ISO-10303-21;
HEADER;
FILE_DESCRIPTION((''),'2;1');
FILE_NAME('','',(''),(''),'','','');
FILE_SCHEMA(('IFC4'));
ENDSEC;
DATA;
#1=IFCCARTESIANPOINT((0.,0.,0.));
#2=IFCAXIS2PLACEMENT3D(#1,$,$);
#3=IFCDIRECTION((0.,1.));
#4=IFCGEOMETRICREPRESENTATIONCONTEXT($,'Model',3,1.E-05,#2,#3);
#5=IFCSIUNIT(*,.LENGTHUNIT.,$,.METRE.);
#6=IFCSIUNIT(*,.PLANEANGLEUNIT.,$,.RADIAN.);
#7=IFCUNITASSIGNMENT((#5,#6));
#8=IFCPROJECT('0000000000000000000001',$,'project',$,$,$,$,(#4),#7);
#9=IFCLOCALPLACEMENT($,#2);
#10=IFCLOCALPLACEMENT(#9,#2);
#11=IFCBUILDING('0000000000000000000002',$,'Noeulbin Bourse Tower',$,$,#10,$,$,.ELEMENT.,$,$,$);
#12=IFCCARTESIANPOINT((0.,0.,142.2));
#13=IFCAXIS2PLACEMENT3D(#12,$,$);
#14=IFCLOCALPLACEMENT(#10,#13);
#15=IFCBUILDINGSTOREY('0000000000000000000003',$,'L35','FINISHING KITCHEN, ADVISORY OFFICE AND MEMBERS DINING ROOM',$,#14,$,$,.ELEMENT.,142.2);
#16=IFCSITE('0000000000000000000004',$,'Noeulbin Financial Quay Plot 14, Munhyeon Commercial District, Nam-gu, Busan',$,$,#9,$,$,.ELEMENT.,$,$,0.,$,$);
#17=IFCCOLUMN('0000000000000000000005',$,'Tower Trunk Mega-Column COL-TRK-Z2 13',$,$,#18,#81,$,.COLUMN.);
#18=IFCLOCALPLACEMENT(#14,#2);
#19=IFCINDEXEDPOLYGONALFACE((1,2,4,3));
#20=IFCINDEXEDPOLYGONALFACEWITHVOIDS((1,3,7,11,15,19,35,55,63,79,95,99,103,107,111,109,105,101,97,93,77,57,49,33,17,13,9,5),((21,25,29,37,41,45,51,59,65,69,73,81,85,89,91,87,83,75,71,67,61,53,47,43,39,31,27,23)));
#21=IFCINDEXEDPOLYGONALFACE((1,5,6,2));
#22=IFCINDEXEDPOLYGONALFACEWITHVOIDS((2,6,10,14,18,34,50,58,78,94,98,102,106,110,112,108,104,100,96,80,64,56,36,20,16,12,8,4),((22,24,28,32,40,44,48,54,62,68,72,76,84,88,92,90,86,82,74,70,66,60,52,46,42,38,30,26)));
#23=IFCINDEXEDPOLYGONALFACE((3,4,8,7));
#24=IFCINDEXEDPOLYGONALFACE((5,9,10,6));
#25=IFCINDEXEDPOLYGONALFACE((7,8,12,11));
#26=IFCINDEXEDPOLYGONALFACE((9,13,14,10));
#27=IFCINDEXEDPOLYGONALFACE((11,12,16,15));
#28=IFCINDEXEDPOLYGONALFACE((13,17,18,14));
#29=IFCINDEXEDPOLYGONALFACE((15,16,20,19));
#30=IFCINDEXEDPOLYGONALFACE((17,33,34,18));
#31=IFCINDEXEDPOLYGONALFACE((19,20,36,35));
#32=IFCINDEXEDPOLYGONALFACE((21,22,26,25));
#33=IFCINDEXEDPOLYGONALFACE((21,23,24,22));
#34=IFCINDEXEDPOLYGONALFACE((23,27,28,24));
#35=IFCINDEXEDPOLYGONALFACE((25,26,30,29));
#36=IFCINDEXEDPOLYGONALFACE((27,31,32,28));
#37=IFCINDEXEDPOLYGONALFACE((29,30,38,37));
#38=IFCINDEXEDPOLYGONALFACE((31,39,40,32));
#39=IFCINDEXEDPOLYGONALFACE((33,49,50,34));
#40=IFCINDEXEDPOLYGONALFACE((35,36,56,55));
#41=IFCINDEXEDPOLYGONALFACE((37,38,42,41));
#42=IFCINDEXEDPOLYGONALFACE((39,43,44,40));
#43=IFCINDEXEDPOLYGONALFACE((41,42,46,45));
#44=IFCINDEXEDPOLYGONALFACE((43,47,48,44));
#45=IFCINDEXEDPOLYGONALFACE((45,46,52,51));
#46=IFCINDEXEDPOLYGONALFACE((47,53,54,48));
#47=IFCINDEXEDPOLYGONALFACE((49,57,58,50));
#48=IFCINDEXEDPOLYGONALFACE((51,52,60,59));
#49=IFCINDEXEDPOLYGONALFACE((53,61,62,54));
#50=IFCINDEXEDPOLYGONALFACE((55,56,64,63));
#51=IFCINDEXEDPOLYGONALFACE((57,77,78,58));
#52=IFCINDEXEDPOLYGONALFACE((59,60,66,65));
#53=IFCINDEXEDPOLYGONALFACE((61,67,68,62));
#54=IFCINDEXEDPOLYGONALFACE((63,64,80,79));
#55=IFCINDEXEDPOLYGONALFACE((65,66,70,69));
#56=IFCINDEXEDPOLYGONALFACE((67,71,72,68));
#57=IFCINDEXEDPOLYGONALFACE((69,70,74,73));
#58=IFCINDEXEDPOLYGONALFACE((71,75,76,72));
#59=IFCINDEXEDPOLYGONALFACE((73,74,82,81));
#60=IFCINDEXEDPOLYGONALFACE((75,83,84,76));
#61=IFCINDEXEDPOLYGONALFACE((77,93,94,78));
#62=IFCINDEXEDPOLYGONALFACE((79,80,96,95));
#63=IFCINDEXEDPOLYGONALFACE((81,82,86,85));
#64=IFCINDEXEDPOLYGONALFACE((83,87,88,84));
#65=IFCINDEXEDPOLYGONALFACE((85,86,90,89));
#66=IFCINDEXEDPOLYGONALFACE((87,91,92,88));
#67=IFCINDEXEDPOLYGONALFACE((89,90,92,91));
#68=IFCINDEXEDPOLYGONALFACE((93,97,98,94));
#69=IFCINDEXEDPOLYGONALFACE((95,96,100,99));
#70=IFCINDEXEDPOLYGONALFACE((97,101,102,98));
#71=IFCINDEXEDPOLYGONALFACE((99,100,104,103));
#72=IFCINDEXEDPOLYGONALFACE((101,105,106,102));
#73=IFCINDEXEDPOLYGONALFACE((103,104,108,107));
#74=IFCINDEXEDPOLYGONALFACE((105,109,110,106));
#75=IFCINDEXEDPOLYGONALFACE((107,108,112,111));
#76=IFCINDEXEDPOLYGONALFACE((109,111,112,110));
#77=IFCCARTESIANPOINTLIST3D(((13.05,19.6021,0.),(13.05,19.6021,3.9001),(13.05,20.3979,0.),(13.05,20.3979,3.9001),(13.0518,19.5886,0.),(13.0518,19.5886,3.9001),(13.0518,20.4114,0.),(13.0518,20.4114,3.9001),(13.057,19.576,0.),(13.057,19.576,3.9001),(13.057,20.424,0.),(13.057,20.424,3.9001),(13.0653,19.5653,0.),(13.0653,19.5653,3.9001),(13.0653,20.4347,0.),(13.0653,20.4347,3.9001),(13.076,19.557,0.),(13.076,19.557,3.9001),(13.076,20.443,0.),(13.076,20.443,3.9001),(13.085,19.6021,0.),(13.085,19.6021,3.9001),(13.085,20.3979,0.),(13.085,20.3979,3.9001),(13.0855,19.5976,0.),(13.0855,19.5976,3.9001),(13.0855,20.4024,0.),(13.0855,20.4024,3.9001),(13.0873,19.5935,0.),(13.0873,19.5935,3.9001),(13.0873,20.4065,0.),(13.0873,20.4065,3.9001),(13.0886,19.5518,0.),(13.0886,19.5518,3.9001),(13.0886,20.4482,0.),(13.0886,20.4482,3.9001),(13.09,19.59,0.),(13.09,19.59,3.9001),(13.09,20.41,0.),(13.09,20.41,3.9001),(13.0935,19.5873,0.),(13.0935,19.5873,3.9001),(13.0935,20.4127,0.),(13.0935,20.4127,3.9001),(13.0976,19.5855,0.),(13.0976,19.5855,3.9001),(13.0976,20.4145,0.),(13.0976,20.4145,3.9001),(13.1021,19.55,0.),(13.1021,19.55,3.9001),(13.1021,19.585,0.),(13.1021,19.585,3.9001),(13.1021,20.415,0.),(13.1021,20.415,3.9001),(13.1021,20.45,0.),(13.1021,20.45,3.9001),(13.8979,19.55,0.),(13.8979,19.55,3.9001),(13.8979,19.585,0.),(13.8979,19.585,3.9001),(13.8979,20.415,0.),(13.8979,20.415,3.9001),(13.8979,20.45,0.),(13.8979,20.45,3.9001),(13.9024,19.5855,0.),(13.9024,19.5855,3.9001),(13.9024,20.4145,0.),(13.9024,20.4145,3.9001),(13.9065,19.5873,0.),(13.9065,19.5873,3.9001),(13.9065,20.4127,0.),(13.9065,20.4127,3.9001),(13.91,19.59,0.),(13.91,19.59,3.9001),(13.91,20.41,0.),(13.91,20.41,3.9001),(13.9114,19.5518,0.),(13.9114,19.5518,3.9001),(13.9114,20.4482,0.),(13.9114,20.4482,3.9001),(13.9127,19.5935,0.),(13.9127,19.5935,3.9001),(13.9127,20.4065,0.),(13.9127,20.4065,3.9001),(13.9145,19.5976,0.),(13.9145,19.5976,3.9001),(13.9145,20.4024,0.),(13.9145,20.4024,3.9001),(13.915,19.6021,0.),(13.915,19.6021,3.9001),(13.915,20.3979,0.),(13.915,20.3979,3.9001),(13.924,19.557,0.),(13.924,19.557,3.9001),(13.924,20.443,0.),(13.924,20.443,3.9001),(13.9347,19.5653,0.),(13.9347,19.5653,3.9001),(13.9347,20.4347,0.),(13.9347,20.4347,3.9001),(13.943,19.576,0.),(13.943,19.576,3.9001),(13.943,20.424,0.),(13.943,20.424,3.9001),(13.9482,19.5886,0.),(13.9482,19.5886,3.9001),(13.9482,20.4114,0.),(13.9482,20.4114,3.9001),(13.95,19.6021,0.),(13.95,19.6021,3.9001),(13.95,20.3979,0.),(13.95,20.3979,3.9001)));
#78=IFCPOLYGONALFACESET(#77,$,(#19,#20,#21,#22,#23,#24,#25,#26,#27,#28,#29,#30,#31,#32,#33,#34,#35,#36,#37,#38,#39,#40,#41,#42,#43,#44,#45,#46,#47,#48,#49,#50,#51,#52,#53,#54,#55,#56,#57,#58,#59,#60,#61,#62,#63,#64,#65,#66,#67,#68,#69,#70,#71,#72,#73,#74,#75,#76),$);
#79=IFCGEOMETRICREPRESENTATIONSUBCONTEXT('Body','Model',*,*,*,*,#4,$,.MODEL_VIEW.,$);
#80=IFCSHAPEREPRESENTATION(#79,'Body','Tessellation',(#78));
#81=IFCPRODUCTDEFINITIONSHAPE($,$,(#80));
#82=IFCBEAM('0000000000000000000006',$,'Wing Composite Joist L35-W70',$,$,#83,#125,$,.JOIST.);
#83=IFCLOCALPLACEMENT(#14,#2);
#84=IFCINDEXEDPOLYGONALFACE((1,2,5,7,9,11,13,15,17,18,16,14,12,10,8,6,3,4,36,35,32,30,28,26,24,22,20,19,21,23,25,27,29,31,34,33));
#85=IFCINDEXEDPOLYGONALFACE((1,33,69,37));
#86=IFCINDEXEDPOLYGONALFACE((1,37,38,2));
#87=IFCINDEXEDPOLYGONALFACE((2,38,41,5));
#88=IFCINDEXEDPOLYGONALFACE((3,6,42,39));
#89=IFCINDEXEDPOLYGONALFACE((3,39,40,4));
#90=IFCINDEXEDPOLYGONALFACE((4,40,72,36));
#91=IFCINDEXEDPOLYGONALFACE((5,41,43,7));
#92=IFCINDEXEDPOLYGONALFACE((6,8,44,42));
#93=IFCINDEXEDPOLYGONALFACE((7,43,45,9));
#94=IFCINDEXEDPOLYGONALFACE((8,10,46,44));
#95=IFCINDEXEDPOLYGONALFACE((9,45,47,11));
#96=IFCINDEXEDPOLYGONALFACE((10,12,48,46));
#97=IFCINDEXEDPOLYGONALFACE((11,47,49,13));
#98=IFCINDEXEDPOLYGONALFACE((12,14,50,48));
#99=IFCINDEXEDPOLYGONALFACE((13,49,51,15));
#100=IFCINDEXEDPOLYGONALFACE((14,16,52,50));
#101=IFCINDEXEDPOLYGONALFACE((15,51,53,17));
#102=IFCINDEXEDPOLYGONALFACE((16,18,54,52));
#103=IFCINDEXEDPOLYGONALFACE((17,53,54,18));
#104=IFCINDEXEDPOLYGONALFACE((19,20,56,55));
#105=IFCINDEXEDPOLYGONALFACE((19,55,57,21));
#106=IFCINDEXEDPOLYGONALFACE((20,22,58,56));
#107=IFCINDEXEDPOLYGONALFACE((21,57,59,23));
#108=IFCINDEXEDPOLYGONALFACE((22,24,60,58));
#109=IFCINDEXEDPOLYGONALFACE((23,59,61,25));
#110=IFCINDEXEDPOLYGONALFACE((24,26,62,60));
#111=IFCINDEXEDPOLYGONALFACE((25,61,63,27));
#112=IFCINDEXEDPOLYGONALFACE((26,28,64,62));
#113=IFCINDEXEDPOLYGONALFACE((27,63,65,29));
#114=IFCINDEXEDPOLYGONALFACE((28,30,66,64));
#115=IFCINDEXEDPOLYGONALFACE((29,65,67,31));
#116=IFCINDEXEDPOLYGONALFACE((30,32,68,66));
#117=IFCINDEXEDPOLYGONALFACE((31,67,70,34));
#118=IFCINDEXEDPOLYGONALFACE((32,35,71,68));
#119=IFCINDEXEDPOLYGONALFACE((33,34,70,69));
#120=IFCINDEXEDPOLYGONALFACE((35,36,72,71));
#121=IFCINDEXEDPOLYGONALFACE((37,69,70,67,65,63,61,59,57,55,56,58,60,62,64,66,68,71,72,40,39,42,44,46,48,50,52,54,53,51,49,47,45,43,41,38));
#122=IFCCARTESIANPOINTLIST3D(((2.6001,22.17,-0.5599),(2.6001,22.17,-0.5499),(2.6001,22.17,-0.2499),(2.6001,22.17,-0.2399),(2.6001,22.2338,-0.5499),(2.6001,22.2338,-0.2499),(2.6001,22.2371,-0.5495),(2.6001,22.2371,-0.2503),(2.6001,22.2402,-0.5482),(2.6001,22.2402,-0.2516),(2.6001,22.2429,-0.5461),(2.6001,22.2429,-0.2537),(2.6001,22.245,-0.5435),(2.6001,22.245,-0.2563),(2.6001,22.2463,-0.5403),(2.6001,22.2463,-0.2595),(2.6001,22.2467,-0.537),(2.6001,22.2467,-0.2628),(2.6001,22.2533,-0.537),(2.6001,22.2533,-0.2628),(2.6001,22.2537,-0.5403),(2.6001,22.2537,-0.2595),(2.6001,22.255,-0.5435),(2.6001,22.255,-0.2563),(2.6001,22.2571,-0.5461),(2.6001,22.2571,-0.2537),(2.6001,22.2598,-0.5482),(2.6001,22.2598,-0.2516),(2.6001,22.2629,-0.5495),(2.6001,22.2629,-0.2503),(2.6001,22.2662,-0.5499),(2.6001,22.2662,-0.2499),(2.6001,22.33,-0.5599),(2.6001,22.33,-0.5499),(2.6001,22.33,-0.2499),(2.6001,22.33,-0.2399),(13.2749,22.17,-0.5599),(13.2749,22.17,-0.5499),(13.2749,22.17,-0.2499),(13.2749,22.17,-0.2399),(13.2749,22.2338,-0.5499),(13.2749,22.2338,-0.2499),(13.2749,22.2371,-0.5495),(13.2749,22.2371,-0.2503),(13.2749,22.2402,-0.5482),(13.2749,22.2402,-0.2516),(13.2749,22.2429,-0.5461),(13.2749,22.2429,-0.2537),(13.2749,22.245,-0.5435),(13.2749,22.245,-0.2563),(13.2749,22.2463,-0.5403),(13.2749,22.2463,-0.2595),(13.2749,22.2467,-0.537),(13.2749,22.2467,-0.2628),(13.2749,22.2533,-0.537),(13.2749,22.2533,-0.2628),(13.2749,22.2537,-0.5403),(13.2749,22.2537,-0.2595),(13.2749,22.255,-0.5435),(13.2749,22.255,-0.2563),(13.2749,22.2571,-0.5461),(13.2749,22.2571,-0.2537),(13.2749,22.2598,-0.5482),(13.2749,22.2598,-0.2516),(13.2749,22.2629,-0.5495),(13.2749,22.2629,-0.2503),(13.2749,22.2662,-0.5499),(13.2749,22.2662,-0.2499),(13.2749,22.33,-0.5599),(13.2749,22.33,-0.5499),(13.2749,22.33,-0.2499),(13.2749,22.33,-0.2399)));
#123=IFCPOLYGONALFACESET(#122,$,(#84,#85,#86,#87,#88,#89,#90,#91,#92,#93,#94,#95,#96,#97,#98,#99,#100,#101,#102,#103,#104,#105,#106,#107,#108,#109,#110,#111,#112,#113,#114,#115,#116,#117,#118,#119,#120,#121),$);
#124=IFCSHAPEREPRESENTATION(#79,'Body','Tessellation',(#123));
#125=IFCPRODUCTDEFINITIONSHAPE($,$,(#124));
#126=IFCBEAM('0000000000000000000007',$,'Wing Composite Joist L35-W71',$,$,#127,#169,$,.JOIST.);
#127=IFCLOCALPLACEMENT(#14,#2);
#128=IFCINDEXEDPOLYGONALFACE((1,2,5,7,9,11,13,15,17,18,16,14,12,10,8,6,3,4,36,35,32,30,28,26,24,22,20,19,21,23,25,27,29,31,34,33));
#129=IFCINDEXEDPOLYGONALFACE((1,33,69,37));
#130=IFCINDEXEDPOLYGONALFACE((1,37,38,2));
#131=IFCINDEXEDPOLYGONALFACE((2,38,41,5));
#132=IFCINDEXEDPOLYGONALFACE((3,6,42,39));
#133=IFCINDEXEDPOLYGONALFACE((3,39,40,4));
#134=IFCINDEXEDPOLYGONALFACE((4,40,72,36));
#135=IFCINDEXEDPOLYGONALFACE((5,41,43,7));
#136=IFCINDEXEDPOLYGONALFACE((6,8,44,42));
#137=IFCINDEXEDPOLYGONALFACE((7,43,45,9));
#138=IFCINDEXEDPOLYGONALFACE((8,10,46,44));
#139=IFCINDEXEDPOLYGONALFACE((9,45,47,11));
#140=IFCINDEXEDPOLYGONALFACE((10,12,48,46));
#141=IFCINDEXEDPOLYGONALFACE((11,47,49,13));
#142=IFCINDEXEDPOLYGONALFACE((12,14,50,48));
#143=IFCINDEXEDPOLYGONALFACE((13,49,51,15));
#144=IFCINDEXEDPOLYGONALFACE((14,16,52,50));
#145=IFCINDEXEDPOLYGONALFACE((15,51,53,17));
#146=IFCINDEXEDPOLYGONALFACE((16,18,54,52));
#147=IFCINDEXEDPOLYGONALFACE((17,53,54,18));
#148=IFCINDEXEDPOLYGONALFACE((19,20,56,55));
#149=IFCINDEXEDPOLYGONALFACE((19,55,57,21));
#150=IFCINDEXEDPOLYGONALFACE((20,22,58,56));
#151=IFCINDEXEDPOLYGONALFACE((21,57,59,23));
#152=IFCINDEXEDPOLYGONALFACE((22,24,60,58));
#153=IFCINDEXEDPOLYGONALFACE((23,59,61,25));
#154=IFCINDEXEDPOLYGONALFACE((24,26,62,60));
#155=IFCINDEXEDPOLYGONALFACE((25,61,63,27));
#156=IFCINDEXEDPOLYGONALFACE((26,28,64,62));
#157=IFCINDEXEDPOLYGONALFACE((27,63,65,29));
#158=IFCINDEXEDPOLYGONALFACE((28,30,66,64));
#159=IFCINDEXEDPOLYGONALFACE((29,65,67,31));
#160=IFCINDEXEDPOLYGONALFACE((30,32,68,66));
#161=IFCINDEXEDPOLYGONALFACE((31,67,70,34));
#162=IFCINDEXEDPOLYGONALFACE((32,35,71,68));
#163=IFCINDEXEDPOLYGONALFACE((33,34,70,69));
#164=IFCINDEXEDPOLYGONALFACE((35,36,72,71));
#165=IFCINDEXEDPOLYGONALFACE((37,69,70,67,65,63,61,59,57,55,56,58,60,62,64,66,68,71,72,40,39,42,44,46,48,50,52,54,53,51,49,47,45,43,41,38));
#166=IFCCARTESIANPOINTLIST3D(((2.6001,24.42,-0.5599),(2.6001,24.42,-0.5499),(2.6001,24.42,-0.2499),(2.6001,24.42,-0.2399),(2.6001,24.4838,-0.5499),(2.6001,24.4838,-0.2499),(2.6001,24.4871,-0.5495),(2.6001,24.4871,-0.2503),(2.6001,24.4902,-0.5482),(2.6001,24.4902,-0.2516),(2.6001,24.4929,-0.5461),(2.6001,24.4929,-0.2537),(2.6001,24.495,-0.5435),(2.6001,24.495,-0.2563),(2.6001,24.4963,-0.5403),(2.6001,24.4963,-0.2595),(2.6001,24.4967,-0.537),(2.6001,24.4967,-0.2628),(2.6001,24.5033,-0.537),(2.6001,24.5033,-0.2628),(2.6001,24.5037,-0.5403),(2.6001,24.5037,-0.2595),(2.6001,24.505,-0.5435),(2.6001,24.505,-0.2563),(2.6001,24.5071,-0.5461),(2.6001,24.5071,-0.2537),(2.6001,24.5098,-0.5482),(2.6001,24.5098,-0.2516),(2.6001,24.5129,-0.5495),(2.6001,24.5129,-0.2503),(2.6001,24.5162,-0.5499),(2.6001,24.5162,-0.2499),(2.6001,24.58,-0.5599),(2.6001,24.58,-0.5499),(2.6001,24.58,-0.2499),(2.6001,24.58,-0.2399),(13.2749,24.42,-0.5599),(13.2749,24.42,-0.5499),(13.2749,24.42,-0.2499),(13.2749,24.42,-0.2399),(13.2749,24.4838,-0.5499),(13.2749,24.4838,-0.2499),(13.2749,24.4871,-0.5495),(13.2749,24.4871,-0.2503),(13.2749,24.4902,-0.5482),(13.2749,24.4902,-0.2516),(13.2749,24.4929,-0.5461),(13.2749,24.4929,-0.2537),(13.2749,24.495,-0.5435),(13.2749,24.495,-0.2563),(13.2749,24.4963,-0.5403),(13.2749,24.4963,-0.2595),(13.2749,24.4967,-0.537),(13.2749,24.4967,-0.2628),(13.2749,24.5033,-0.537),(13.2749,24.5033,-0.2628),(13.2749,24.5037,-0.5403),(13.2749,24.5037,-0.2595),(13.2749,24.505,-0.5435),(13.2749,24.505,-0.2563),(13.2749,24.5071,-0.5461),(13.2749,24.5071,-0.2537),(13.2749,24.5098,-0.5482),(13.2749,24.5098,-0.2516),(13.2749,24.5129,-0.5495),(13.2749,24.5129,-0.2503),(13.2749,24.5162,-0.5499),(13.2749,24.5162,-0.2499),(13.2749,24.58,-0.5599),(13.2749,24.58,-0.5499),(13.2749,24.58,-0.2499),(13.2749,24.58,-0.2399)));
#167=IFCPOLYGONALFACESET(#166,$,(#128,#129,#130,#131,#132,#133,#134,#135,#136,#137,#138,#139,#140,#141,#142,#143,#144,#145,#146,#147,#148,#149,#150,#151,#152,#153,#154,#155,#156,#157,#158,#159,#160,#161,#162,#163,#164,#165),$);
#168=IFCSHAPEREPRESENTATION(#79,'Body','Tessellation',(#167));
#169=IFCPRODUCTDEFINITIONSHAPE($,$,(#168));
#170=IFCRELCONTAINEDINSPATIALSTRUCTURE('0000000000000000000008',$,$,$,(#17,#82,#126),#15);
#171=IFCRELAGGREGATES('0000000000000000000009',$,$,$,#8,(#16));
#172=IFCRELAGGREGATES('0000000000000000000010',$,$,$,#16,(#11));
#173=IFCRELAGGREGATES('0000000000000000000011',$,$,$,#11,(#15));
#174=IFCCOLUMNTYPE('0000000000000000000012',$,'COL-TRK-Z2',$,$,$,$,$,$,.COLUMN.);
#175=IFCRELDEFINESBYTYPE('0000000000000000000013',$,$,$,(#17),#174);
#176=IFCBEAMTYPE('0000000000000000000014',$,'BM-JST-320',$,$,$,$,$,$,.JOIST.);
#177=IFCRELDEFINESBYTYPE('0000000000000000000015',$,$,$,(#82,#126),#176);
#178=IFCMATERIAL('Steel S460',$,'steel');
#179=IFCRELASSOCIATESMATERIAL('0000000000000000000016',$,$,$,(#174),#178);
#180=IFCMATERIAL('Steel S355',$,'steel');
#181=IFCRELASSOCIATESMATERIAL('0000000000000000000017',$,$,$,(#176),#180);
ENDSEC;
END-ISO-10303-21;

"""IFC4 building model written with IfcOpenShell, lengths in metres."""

from ifc_helpers import new_model, si_unit, direction, frame, origin, origin_2d, place, context, subcontext, project, spatial, hollow_rectangle, i_section, extrude, material, material_profile, profile_set, type_object, element, save


model = new_model("IFC4")

# Units and contexts
model_context = context("Model", 3, precision=1e-05, world=origin(), true_north=direction((0.0, 1.0)))
body_context = subcontext(model_context, "Body", "Model", "MODEL_VIEW")
ifc_project = project(units=[si_unit("LENGTHUNIT", "METRE"), si_unit("PLANEANGLEUNIT", "RADIAN")], contexts=[model_context])

# Site, building, storey
site_placement = place(None, origin())
site = spatial("IfcSite", under=ifc_project, at=site_placement, Name="Noeulbin Financial Quay Plot 14, Munhyeon Commercial District, Nam-gu, Busan", CompositionType="ELEMENT", RefElevation=0.0)
building_placement = place(site_placement, origin())
building = spatial("IfcBuilding", under=site, at=building_placement, Name="Noeulbin Bourse Tower", CompositionType="ELEMENT")
storey_placement = place(building_placement, frame((0.0, 0.0, 142.2)))
storey = spatial("IfcBuildingStorey", under=building, at=storey_placement, Name="L35", Description="FINISHING KITCHEN, ADVISORY OFFICE AND MEMBERS DINING ROOM", CompositionType="ELEMENT", Elevation=142.2)

# Column
ifc_material_1 = material(Name="Steel S355", Category="steel")
ifc_material_2 = material(Name="Steel S460", Category="steel")
ifc_material_profile_1 = material_profile(ifc_material_2, hollow_rectangle(XDim=0.8999, YDim=0.8999, WallThickness=0.0349, InnerFilletRadius=0.0171, OuterFilletRadius=0.052, at=origin_2d()), Name="BOX-900x900x35", Category="LoadBearing")
ifc_profile_set_1 = profile_set([ifc_material_profile_1], Name="Steel S460")
column_type_1 = type_object("IfcColumnType", Name="COL-TRK-Z2", PredefinedType="COLUMN", material=ifc_profile_set_1)
for number, where, z_axis, x_axis, name in (
    (1, (13.5, 20.0, 0.0), (0.0, 0.0, 1.0), (1.0, 0.0, 0.0), "Tower Trunk Mega-Column COL-TRK-Z2 13"),
):
    element("IfcColumn", number, at=place(storey_placement, frame(where, z_axis=z_axis, x_axis=x_axis)), inside=storey, type_object=column_type_1, Name=name, PredefinedType="COLUMN", context=body_context, shape_type="SweptSolid", body=[
        extrude(hollow_rectangle(XDim=0.8999, YDim=0.8999, WallThickness=0.0349, InnerFilletRadius=0.0171, OuterFilletRadius=0.052, at=origin_2d()), origin(), (0.0, 0.0, 1.0), 3.9001),
    ])

# Beams
ifc_material_profile_2 = material_profile(ifc_material_1, i_section(OverallWidth=0.1599, OverallDepth=0.3201, WebThickness=0.0066, FlangeThickness=0.01, FilletRadius=0.0129, at=origin_2d()), Name="H-320x160x6.5x10", Category="LoadBearing")
ifc_profile_set_2 = profile_set([ifc_material_profile_2], Name="Steel S355")
beam_type_1 = type_object("IfcBeamType", Name="BM-JST-320", PredefinedType="JOIST", material=ifc_profile_set_2)
for number, where, z_axis, x_axis, name in (
    (2, (2.6001, 22.25, -0.3999), (1.0, 0.0, 0.0), (0.0, 1.0, 0.0), "Wing Composite Joist L35-W70"),
    (3, (2.6001, 24.5, -0.3999), (1.0, 0.0, 0.0), (0.0, 1.0, 0.0), "Wing Composite Joist L35-W71"),
):
    element("IfcBeam", number, at=place(storey_placement, frame(where, z_axis=z_axis, x_axis=x_axis)), inside=storey, type_object=beam_type_1, Name=name, PredefinedType="JOIST", context=body_context, shape_type="SweptSolid", body=[
        extrude(i_section(OverallWidth=0.1599, OverallDepth=0.3201, WebThickness=0.0066, FlangeThickness=0.01, FilletRadius=0.0129, at=origin_2d()), origin(), (0.0, 0.0, 1.0), 10.6748),
    ])

save(model, "model.ifc")
